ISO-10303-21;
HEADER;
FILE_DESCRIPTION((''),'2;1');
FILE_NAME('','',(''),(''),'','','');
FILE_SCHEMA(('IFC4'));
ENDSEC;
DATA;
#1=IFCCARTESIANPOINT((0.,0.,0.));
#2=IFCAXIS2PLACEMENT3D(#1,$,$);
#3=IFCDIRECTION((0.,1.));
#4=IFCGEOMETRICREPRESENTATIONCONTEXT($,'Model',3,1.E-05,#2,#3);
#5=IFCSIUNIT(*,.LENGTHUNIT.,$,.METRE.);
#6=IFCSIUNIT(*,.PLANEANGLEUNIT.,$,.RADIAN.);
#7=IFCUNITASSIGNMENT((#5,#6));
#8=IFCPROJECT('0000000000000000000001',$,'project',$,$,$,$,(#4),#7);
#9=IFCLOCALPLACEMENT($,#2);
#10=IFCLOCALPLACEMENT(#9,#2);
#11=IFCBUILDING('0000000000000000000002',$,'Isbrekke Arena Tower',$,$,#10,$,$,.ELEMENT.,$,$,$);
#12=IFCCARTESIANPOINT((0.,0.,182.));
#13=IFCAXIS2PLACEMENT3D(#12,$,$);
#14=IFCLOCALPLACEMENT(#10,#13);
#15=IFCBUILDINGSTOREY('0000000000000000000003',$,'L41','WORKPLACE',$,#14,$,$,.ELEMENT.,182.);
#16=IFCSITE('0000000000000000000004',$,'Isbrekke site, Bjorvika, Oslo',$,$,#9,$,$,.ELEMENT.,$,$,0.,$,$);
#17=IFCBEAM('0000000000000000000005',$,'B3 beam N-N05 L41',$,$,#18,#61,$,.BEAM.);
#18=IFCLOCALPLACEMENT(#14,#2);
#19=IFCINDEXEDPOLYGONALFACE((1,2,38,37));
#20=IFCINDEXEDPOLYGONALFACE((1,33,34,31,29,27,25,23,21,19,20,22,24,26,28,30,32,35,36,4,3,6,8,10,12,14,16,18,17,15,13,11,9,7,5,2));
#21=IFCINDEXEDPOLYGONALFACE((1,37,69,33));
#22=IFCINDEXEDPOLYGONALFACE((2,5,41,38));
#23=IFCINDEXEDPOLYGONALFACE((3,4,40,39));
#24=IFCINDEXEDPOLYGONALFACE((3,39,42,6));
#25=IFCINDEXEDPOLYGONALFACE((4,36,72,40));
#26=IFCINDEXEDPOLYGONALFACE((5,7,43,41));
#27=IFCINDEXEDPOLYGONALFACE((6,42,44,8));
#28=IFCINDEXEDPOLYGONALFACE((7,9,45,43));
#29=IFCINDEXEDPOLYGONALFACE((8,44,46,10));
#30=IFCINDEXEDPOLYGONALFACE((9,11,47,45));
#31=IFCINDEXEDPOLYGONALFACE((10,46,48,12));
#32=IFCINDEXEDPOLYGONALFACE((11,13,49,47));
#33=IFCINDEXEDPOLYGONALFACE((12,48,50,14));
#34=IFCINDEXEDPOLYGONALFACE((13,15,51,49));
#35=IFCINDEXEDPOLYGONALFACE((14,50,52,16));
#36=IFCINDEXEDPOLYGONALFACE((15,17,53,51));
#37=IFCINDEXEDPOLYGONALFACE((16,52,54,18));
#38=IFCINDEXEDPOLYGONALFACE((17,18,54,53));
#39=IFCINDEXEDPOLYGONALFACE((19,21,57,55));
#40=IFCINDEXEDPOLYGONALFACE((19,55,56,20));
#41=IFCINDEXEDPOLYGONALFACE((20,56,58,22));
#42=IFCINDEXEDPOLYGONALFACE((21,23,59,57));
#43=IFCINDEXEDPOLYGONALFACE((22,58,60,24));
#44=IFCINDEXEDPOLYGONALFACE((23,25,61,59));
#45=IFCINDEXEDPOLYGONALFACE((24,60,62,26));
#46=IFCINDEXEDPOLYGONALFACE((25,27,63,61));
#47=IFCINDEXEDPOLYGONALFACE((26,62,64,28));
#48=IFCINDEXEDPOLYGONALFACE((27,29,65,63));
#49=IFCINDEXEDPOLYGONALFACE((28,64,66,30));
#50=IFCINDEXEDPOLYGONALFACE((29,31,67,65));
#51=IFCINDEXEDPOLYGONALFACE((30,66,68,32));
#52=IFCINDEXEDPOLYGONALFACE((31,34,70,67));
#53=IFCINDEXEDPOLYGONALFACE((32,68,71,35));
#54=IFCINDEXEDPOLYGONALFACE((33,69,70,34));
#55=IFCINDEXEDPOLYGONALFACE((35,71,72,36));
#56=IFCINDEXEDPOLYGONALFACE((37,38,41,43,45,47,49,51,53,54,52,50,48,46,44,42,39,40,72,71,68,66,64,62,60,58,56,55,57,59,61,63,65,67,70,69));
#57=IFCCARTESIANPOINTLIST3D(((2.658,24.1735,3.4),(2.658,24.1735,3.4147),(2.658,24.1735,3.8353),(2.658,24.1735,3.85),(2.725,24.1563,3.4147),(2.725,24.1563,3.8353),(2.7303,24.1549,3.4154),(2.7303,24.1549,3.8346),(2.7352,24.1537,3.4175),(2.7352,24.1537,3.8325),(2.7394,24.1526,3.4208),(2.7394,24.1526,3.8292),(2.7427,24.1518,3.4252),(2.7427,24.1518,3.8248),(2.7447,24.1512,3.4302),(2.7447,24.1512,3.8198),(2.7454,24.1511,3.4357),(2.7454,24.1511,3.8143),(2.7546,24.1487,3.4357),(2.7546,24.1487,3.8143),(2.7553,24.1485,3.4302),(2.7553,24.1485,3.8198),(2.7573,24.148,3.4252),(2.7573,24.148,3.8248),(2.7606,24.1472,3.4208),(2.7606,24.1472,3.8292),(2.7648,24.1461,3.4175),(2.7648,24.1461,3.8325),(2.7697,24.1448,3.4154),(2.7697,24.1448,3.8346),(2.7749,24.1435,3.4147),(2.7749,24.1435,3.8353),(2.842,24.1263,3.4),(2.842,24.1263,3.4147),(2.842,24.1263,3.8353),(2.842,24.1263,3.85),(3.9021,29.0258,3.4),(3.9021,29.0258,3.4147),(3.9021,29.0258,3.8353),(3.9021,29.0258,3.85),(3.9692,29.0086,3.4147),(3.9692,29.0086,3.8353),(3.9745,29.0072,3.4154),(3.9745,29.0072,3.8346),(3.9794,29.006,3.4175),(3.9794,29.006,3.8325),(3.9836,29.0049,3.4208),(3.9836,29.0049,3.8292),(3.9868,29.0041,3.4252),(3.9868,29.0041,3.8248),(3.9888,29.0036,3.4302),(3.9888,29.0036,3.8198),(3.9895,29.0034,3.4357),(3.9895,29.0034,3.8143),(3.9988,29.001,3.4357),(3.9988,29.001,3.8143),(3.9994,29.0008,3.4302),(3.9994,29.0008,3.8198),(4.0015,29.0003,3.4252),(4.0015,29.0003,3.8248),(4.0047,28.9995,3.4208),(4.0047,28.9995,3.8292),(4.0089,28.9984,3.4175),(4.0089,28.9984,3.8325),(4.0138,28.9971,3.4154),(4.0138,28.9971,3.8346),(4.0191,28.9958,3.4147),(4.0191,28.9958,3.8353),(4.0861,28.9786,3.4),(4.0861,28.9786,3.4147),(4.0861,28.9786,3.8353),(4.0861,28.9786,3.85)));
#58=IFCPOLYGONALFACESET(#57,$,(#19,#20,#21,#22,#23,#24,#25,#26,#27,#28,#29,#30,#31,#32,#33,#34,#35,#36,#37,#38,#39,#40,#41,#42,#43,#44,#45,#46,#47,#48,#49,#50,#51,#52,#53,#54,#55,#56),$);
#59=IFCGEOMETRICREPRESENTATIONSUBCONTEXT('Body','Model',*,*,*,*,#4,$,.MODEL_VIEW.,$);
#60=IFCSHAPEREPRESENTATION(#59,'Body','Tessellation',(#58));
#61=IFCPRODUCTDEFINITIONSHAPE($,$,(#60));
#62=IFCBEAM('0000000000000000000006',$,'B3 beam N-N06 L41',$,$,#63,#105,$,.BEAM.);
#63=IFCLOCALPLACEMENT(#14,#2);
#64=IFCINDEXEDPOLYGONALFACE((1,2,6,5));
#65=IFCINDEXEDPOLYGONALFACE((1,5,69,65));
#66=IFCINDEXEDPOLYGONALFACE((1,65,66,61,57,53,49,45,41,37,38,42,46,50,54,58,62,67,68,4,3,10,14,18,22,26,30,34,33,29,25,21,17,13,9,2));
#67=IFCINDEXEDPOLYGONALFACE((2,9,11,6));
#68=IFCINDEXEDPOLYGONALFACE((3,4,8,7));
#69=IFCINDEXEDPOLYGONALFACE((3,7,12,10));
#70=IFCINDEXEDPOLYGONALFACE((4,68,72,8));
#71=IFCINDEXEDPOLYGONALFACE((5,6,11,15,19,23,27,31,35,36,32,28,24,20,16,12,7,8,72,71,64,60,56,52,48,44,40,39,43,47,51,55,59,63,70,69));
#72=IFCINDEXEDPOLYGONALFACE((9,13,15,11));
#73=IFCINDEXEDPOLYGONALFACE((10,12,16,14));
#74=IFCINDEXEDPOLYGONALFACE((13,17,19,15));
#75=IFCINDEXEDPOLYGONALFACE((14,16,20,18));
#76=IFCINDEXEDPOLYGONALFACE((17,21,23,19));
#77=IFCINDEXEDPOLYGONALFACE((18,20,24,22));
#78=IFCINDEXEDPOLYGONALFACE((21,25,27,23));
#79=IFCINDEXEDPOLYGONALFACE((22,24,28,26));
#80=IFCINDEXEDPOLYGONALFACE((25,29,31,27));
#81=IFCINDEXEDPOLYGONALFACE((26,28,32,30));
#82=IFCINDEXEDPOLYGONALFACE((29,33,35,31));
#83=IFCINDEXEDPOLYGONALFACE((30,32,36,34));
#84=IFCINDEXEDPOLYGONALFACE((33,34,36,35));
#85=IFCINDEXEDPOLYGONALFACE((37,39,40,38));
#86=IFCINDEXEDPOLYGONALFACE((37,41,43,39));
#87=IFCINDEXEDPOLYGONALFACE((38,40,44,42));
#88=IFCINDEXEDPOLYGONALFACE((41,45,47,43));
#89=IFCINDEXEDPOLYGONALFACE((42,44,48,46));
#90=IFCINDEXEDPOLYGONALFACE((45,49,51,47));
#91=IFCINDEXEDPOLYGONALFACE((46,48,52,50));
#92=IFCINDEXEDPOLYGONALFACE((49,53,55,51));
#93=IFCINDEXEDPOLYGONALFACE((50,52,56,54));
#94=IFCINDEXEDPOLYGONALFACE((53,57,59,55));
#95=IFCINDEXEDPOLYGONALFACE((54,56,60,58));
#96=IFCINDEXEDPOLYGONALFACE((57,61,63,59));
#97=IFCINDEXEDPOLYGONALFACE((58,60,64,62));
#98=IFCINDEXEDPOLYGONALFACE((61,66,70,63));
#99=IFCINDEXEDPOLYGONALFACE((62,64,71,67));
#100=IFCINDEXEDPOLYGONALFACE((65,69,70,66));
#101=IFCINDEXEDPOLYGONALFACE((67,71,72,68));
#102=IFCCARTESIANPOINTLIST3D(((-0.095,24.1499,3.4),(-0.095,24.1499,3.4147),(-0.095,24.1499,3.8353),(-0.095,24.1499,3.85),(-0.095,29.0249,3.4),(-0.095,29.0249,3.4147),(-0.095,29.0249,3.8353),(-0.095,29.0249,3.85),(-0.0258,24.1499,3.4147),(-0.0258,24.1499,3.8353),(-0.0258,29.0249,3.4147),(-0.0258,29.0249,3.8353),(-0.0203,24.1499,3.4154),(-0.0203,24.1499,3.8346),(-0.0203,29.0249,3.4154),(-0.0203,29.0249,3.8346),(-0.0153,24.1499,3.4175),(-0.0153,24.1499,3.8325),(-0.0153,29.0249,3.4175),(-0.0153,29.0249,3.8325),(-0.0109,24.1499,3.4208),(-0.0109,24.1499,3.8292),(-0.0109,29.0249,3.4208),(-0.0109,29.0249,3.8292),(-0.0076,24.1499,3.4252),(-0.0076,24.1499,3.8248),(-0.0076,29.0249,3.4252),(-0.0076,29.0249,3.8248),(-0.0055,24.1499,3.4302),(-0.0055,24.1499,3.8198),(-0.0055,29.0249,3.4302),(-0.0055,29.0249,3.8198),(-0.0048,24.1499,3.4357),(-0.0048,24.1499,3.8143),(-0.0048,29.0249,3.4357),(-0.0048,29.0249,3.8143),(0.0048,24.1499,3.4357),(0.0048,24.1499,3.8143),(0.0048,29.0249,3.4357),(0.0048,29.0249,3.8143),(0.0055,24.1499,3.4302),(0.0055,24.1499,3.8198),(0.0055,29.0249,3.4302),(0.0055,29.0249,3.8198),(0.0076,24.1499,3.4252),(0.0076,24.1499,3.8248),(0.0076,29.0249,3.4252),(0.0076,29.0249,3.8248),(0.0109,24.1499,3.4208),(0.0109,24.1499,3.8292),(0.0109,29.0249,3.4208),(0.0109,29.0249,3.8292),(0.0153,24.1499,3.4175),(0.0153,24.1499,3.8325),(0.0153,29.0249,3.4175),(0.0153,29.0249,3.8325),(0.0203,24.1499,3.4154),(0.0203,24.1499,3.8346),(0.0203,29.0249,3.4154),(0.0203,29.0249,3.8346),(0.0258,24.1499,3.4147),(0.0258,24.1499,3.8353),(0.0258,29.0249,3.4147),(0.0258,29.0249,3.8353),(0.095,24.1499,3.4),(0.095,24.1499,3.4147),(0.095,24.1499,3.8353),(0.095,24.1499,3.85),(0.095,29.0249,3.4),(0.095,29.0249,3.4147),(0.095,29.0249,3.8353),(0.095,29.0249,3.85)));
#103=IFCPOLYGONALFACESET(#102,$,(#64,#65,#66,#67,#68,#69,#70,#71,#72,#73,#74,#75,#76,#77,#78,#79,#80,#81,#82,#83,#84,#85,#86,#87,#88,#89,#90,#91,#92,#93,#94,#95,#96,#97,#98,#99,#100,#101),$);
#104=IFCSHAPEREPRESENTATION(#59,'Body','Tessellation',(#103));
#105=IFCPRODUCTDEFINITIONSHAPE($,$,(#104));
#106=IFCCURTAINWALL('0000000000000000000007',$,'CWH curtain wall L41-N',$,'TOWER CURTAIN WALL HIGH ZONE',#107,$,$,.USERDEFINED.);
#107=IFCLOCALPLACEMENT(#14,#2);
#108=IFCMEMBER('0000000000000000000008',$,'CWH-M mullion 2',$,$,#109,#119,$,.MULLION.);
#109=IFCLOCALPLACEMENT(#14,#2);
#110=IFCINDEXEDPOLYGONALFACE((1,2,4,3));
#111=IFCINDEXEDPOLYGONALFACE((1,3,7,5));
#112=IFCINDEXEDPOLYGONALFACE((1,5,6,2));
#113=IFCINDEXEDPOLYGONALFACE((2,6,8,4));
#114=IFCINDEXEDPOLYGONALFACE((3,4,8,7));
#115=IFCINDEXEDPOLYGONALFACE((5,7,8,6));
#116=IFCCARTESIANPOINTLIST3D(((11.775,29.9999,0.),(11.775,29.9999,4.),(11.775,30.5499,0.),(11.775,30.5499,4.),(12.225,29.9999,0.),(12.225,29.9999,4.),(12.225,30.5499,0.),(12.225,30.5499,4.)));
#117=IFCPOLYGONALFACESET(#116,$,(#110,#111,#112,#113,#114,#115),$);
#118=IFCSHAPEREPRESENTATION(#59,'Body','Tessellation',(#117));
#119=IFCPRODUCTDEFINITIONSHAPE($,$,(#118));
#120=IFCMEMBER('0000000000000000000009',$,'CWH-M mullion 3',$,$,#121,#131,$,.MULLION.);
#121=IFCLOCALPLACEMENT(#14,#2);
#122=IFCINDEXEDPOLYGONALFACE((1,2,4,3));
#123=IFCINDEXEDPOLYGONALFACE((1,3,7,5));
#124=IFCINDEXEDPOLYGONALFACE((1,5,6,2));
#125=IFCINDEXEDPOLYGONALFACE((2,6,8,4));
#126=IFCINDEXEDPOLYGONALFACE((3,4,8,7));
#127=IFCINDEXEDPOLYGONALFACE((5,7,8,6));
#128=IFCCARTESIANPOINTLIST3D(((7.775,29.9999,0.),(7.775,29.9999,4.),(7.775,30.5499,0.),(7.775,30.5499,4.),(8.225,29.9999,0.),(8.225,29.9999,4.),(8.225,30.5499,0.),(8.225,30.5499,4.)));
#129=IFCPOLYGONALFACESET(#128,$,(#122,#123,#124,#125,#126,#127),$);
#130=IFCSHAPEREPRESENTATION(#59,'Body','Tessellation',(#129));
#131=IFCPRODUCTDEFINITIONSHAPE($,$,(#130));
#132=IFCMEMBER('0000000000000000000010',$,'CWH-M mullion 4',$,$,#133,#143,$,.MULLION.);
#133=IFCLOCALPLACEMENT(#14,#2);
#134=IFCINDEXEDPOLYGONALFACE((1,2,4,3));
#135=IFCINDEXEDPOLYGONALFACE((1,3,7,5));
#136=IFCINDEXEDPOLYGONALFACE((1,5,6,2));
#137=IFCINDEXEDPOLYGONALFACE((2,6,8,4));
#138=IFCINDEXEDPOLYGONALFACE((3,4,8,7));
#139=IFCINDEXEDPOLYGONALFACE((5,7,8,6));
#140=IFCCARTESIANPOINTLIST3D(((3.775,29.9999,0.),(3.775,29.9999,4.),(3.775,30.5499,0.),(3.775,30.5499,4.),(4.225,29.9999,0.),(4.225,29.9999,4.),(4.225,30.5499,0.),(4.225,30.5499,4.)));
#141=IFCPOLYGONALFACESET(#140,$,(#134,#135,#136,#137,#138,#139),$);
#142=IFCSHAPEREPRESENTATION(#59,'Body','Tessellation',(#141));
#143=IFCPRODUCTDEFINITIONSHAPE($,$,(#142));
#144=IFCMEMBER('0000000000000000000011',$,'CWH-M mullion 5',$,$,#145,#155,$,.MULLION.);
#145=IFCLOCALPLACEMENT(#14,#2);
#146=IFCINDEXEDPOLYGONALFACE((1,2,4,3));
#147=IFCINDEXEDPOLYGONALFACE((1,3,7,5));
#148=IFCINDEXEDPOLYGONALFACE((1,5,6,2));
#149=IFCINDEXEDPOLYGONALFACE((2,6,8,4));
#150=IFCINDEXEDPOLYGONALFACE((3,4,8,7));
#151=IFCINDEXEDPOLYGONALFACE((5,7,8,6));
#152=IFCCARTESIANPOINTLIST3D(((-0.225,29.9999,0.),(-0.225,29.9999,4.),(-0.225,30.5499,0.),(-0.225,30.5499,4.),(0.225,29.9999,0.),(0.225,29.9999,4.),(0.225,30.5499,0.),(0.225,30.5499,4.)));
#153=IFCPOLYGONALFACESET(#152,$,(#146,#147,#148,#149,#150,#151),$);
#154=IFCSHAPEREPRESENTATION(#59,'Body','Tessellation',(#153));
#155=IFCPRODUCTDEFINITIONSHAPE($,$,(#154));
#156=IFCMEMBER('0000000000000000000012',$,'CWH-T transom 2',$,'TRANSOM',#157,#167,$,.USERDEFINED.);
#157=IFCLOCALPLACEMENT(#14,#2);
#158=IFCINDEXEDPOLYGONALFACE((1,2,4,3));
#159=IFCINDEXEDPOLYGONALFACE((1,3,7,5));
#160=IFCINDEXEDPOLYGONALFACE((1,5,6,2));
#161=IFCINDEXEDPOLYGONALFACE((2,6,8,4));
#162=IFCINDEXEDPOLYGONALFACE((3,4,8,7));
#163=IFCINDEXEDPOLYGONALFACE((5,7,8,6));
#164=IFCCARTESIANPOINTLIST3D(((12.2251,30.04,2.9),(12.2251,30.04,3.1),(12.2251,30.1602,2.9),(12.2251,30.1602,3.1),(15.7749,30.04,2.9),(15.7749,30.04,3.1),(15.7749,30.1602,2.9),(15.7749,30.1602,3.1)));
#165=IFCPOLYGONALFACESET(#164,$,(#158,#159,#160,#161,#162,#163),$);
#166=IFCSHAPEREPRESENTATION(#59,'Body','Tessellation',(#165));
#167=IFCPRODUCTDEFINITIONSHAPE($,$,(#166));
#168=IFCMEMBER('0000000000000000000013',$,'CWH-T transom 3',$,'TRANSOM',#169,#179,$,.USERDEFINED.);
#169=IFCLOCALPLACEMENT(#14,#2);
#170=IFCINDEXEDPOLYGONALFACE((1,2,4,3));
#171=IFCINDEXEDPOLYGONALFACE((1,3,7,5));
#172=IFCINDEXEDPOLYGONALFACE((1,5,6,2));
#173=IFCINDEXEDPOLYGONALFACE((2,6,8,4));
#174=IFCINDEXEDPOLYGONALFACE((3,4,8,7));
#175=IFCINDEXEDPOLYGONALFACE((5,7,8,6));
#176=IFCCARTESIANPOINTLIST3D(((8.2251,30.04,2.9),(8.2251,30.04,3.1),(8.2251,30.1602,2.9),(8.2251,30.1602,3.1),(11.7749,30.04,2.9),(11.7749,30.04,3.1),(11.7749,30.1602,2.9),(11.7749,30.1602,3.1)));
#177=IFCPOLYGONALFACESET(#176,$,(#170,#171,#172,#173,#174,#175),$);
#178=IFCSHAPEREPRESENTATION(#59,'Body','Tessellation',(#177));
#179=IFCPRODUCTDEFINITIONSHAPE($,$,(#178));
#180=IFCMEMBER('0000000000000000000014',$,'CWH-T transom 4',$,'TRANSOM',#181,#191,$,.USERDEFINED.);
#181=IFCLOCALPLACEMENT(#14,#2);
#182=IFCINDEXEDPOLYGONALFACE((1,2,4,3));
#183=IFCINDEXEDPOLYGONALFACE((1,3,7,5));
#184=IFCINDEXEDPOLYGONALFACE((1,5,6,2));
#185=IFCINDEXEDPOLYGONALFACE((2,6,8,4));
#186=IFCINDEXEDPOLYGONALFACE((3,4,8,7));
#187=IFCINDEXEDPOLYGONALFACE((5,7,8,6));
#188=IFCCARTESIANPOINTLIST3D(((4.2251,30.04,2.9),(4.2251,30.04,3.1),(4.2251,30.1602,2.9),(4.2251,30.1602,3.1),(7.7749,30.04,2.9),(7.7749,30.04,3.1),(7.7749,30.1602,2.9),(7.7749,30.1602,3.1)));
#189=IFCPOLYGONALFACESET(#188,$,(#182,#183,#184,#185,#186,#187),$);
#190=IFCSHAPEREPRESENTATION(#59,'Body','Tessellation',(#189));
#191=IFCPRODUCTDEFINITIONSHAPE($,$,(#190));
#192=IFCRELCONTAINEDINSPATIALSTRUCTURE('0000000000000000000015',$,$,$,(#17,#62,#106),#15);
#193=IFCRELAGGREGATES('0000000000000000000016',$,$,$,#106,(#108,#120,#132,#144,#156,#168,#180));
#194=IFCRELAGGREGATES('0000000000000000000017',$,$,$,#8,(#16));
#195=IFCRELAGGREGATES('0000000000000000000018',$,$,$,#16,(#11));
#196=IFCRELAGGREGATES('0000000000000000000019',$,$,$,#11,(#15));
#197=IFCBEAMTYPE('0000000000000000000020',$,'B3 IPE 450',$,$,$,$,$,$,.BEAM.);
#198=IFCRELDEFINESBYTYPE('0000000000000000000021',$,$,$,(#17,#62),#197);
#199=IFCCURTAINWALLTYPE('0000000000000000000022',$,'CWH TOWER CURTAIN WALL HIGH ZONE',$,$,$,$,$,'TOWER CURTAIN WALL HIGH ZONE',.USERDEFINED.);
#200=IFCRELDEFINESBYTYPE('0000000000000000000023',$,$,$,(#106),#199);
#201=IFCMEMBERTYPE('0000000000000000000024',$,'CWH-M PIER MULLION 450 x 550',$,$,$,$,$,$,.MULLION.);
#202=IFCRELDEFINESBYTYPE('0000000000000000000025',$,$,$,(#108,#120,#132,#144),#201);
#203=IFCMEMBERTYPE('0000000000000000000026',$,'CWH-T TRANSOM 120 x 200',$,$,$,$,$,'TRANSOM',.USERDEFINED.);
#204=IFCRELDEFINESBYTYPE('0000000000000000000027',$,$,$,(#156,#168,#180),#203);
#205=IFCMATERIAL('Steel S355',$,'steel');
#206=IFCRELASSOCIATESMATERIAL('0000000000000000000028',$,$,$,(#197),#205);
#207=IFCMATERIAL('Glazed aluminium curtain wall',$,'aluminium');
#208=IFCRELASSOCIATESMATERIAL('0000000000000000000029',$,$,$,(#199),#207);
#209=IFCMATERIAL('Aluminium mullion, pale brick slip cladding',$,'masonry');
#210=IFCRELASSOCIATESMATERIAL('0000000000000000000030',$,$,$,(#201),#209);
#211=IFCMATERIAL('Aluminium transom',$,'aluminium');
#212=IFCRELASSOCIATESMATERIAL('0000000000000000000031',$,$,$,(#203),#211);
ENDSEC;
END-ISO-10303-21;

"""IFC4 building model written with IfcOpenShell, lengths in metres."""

from ifc_helpers import new_model, si_unit, direction, frame, origin, origin_2d, place, context, subcontext, project, spatial, rectangle, i_section, extrude, material, material_profile, profile_set, type_object, element, aggregate, save


model = new_model("IFC4")

# Units and contexts
model_context = context("Model", 3, precision=1e-05, world=origin(), true_north=direction((0.0, 1.0)))
body_context = subcontext(model_context, "Body", "Model", "MODEL_VIEW")
ifc_project = project(units=[si_unit("LENGTHUNIT", "METRE"), si_unit("PLANEANGLEUNIT", "RADIAN")], contexts=[model_context])

# Site, building, storey
site_placement = place(None, origin())
site = spatial("IfcSite", under=ifc_project, at=site_placement, Name="Isbrekke site, Bjorvika, Oslo", CompositionType="ELEMENT", RefElevation=0.0)
building_placement = place(site_placement, origin())
building = spatial("IfcBuilding", under=site, at=building_placement, Name="Isbrekke Arena Tower", CompositionType="ELEMENT")
storey_placement = place(building_placement, frame((0.0, 0.0, 182.0)))
storey = spatial("IfcBuildingStorey", under=building, at=storey_placement, Name="L41", Description="WORKPLACE", CompositionType="ELEMENT", Elevation=182.0)

# Beams
ifc_material_1 = material(Name="Steel S355", Category="steel")
ifc_material_profile_1 = material_profile(ifc_material_1, i_section(OverallWidth=0.1899, OverallDepth=0.45, WebThickness=0.0095, FlangeThickness=0.0146, FilletRadius=0.021, at=origin_2d()), Name="IPE 450")
ifc_profile_set_1 = profile_set([ifc_material_profile_1], Name="Steel S355")
beam_type_1 = type_object("IfcBeamType", Name="B3 IPE 450", PredefinedType="BEAM", material=ifc_profile_set_1)
beam_1_placement = place(storey_placement, frame((3.9941, 29.0022, 3.625), z_axis=(-0.248368, -0.968666, 0.0), x_axis=(0.968666, -0.248368, 0.0)))
element("IfcBeam", 1, at=beam_1_placement, inside=storey, type_object=beam_type_1, Name="B3 beam N-N05 L41", PredefinedType="BEAM", context=body_context, shape_type="SweptSolid", body=[
    extrude(i_section(OverallWidth=0.1899, OverallDepth=0.45, WebThickness=0.0095, FlangeThickness=0.0146, FilletRadius=0.021, at=origin_2d()), origin(), (0.0, 0.0, 1.0), 5.0093),
])
beam_2_placement = place(storey_placement, frame((0.0, 29.0249, 3.625), z_axis=(0.0, -1.0, 0.0), x_axis=(1.0, 0.0, 0.0)))
element("IfcBeam", 2, at=beam_2_placement, inside=storey, type_object=beam_type_1, Name="B3 beam N-N06 L41", PredefinedType="BEAM", context=body_context, shape_type="SweptSolid", body=[
    extrude(i_section(OverallWidth=0.1899, OverallDepth=0.45, WebThickness=0.0095, FlangeThickness=0.0146, FilletRadius=0.021, at=origin_2d()), origin(), (0.0, 0.0, 1.0), 4.875),
])

# Curtain wall, members
ifc_material_2 = material(Name="Glazed aluminium curtain wall", Category="aluminium")
curtain_wall_type = type_object("IfcCurtainWallType", Name="CWH TOWER CURTAIN WALL HIGH ZONE", ElementType="TOWER CURTAIN WALL HIGH ZONE", PredefinedType="USERDEFINED", material=ifc_material_2)
curtain_wall_placement = place(storey_placement, origin())
curtain_wall = element("IfcCurtainWall", 3, at=curtain_wall_placement, inside=storey, type_object=curtain_wall_type, Name="CWH curtain wall L41-N", ObjectType="TOWER CURTAIN WALL HIGH ZONE", PredefinedType="USERDEFINED")
ifc_material_3 = material(Name="Aluminium mullion, pale brick slip cladding", Category="masonry")
ifc_material_profile_2 = material_profile(ifc_material_3, rectangle(XDim=0.45, YDim=0.55, at=origin_2d()), Name="PIER 450X550")
ifc_profile_set_2 = profile_set([ifc_material_profile_2], Name="Aluminium mullion, pale brick slip cladding")
member_type_1 = type_object("IfcMemberType", Name="CWH-M PIER MULLION 450 x 550", PredefinedType="MULLION", material=ifc_profile_set_2)
member_1_placement = place(storey_placement, frame((12.0, 30.2749, 0.0), z_axis=(0.0, 0.0, 1.0), x_axis=(-1.0, 0.0, 0.0)))
member_1 = element("IfcMember", 4, at=member_1_placement, type_object=member_type_1, Name="CWH-M mullion 2", PredefinedType="MULLION", context=body_context, shape_type="SweptSolid", body=[
    extrude(rectangle(XDim=0.45, YDim=0.55, at=origin_2d()), origin(), (0.0, 0.0, 1.0), 4.0),
])
member_2_placement = place(storey_placement, frame((8.0, 30.2749, 0.0), z_axis=(0.0, 0.0, 1.0), x_axis=(-1.0, 0.0, 0.0)))
member_2 = element("IfcMember", 5, at=member_2_placement, type_object=member_type_1, Name="CWH-M mullion 3", PredefinedType="MULLION", context=body_context, shape_type="SweptSolid", body=[
    extrude(rectangle(XDim=0.45, YDim=0.55, at=origin_2d()), origin(), (0.0, 0.0, 1.0), 4.0),
])
member_3_placement = place(storey_placement, frame((4.0, 30.2749, 0.0), z_axis=(0.0, 0.0, 1.0), x_axis=(-1.0, 0.0, 0.0)))
member_3 = element("IfcMember", 6, at=member_3_placement, type_object=member_type_1, Name="CWH-M mullion 4", PredefinedType="MULLION", context=body_context, shape_type="SweptSolid", body=[
    extrude(rectangle(XDim=0.45, YDim=0.55, at=origin_2d()), origin(), (0.0, 0.0, 1.0), 4.0),
])
member_4_placement = place(storey_placement, frame((0.0, 30.2749, 0.0), z_axis=(0.0, 0.0, 1.0), x_axis=(-1.0, 0.0, 0.0)))
member_4 = element("IfcMember", 7, at=member_4_placement, type_object=member_type_1, Name="CWH-M mullion 5", PredefinedType="MULLION", context=body_context, shape_type="SweptSolid", body=[
    extrude(rectangle(XDim=0.45, YDim=0.55, at=origin_2d()), origin(), (0.0, 0.0, 1.0), 4.0),
])
ifc_material_4 = material(Name="Aluminium transom", Category="aluminium")
ifc_material_profile_3 = material_profile(ifc_material_4, rectangle(XDim=0.1201, YDim=0.2, at=origin_2d()), Name="TRANSOM 120X200")
ifc_profile_set_3 = profile_set([ifc_material_profile_3], Name="Aluminium transom")
member_type_2 = type_object("IfcMemberType", Name="CWH-T TRANSOM 120 x 200", ElementType="TRANSOM", PredefinedType="USERDEFINED", material=ifc_profile_set_3)
member_5_placement = place(storey_placement, frame((15.7749, 30.1001, 3.0), z_axis=(-1.0, 0.0, 0.0), x_axis=(0.0, -1.0, 0.0)))
member_5 = element("IfcMember", 8, at=member_5_placement, type_object=member_type_2, Name="CWH-T transom 2", ObjectType="TRANSOM", PredefinedType="USERDEFINED", context=body_context, shape_type="SweptSolid", body=[
    extrude(rectangle(XDim=0.1201, YDim=0.2, at=origin_2d()), origin(), (0.0, 0.0, 1.0), 3.5498),
])
member_6_placement = place(storey_placement, frame((11.7749, 30.1001, 3.0), z_axis=(-1.0, 0.0, 0.0), x_axis=(0.0, -1.0, 0.0)))
member_6 = element("IfcMember", 9, at=member_6_placement, type_object=member_type_2, Name="CWH-T transom 3", ObjectType="TRANSOM", PredefinedType="USERDEFINED", context=body_context, shape_type="SweptSolid", body=[
    extrude(rectangle(XDim=0.1201, YDim=0.2, at=origin_2d()), origin(), (0.0, 0.0, 1.0), 3.5498),
])
member_7_placement = place(storey_placement, frame((7.7749, 30.1001, 3.0), z_axis=(-1.0, 0.0, 0.0), x_axis=(0.0, -1.0, 0.0)))
member_7 = element("IfcMember", 10, at=member_7_placement, type_object=member_type_2, Name="CWH-T transom 4", ObjectType="TRANSOM", PredefinedType="USERDEFINED", context=body_context, shape_type="SweptSolid", body=[
    extrude(rectangle(XDim=0.1201, YDim=0.2, at=origin_2d()), origin(), (0.0, 0.0, 1.0), 3.5498),
])

aggregate(curtain_wall, [member_1, member_2, member_3, member_4, member_5, member_6, member_7])

save(model, "model.ifc")
